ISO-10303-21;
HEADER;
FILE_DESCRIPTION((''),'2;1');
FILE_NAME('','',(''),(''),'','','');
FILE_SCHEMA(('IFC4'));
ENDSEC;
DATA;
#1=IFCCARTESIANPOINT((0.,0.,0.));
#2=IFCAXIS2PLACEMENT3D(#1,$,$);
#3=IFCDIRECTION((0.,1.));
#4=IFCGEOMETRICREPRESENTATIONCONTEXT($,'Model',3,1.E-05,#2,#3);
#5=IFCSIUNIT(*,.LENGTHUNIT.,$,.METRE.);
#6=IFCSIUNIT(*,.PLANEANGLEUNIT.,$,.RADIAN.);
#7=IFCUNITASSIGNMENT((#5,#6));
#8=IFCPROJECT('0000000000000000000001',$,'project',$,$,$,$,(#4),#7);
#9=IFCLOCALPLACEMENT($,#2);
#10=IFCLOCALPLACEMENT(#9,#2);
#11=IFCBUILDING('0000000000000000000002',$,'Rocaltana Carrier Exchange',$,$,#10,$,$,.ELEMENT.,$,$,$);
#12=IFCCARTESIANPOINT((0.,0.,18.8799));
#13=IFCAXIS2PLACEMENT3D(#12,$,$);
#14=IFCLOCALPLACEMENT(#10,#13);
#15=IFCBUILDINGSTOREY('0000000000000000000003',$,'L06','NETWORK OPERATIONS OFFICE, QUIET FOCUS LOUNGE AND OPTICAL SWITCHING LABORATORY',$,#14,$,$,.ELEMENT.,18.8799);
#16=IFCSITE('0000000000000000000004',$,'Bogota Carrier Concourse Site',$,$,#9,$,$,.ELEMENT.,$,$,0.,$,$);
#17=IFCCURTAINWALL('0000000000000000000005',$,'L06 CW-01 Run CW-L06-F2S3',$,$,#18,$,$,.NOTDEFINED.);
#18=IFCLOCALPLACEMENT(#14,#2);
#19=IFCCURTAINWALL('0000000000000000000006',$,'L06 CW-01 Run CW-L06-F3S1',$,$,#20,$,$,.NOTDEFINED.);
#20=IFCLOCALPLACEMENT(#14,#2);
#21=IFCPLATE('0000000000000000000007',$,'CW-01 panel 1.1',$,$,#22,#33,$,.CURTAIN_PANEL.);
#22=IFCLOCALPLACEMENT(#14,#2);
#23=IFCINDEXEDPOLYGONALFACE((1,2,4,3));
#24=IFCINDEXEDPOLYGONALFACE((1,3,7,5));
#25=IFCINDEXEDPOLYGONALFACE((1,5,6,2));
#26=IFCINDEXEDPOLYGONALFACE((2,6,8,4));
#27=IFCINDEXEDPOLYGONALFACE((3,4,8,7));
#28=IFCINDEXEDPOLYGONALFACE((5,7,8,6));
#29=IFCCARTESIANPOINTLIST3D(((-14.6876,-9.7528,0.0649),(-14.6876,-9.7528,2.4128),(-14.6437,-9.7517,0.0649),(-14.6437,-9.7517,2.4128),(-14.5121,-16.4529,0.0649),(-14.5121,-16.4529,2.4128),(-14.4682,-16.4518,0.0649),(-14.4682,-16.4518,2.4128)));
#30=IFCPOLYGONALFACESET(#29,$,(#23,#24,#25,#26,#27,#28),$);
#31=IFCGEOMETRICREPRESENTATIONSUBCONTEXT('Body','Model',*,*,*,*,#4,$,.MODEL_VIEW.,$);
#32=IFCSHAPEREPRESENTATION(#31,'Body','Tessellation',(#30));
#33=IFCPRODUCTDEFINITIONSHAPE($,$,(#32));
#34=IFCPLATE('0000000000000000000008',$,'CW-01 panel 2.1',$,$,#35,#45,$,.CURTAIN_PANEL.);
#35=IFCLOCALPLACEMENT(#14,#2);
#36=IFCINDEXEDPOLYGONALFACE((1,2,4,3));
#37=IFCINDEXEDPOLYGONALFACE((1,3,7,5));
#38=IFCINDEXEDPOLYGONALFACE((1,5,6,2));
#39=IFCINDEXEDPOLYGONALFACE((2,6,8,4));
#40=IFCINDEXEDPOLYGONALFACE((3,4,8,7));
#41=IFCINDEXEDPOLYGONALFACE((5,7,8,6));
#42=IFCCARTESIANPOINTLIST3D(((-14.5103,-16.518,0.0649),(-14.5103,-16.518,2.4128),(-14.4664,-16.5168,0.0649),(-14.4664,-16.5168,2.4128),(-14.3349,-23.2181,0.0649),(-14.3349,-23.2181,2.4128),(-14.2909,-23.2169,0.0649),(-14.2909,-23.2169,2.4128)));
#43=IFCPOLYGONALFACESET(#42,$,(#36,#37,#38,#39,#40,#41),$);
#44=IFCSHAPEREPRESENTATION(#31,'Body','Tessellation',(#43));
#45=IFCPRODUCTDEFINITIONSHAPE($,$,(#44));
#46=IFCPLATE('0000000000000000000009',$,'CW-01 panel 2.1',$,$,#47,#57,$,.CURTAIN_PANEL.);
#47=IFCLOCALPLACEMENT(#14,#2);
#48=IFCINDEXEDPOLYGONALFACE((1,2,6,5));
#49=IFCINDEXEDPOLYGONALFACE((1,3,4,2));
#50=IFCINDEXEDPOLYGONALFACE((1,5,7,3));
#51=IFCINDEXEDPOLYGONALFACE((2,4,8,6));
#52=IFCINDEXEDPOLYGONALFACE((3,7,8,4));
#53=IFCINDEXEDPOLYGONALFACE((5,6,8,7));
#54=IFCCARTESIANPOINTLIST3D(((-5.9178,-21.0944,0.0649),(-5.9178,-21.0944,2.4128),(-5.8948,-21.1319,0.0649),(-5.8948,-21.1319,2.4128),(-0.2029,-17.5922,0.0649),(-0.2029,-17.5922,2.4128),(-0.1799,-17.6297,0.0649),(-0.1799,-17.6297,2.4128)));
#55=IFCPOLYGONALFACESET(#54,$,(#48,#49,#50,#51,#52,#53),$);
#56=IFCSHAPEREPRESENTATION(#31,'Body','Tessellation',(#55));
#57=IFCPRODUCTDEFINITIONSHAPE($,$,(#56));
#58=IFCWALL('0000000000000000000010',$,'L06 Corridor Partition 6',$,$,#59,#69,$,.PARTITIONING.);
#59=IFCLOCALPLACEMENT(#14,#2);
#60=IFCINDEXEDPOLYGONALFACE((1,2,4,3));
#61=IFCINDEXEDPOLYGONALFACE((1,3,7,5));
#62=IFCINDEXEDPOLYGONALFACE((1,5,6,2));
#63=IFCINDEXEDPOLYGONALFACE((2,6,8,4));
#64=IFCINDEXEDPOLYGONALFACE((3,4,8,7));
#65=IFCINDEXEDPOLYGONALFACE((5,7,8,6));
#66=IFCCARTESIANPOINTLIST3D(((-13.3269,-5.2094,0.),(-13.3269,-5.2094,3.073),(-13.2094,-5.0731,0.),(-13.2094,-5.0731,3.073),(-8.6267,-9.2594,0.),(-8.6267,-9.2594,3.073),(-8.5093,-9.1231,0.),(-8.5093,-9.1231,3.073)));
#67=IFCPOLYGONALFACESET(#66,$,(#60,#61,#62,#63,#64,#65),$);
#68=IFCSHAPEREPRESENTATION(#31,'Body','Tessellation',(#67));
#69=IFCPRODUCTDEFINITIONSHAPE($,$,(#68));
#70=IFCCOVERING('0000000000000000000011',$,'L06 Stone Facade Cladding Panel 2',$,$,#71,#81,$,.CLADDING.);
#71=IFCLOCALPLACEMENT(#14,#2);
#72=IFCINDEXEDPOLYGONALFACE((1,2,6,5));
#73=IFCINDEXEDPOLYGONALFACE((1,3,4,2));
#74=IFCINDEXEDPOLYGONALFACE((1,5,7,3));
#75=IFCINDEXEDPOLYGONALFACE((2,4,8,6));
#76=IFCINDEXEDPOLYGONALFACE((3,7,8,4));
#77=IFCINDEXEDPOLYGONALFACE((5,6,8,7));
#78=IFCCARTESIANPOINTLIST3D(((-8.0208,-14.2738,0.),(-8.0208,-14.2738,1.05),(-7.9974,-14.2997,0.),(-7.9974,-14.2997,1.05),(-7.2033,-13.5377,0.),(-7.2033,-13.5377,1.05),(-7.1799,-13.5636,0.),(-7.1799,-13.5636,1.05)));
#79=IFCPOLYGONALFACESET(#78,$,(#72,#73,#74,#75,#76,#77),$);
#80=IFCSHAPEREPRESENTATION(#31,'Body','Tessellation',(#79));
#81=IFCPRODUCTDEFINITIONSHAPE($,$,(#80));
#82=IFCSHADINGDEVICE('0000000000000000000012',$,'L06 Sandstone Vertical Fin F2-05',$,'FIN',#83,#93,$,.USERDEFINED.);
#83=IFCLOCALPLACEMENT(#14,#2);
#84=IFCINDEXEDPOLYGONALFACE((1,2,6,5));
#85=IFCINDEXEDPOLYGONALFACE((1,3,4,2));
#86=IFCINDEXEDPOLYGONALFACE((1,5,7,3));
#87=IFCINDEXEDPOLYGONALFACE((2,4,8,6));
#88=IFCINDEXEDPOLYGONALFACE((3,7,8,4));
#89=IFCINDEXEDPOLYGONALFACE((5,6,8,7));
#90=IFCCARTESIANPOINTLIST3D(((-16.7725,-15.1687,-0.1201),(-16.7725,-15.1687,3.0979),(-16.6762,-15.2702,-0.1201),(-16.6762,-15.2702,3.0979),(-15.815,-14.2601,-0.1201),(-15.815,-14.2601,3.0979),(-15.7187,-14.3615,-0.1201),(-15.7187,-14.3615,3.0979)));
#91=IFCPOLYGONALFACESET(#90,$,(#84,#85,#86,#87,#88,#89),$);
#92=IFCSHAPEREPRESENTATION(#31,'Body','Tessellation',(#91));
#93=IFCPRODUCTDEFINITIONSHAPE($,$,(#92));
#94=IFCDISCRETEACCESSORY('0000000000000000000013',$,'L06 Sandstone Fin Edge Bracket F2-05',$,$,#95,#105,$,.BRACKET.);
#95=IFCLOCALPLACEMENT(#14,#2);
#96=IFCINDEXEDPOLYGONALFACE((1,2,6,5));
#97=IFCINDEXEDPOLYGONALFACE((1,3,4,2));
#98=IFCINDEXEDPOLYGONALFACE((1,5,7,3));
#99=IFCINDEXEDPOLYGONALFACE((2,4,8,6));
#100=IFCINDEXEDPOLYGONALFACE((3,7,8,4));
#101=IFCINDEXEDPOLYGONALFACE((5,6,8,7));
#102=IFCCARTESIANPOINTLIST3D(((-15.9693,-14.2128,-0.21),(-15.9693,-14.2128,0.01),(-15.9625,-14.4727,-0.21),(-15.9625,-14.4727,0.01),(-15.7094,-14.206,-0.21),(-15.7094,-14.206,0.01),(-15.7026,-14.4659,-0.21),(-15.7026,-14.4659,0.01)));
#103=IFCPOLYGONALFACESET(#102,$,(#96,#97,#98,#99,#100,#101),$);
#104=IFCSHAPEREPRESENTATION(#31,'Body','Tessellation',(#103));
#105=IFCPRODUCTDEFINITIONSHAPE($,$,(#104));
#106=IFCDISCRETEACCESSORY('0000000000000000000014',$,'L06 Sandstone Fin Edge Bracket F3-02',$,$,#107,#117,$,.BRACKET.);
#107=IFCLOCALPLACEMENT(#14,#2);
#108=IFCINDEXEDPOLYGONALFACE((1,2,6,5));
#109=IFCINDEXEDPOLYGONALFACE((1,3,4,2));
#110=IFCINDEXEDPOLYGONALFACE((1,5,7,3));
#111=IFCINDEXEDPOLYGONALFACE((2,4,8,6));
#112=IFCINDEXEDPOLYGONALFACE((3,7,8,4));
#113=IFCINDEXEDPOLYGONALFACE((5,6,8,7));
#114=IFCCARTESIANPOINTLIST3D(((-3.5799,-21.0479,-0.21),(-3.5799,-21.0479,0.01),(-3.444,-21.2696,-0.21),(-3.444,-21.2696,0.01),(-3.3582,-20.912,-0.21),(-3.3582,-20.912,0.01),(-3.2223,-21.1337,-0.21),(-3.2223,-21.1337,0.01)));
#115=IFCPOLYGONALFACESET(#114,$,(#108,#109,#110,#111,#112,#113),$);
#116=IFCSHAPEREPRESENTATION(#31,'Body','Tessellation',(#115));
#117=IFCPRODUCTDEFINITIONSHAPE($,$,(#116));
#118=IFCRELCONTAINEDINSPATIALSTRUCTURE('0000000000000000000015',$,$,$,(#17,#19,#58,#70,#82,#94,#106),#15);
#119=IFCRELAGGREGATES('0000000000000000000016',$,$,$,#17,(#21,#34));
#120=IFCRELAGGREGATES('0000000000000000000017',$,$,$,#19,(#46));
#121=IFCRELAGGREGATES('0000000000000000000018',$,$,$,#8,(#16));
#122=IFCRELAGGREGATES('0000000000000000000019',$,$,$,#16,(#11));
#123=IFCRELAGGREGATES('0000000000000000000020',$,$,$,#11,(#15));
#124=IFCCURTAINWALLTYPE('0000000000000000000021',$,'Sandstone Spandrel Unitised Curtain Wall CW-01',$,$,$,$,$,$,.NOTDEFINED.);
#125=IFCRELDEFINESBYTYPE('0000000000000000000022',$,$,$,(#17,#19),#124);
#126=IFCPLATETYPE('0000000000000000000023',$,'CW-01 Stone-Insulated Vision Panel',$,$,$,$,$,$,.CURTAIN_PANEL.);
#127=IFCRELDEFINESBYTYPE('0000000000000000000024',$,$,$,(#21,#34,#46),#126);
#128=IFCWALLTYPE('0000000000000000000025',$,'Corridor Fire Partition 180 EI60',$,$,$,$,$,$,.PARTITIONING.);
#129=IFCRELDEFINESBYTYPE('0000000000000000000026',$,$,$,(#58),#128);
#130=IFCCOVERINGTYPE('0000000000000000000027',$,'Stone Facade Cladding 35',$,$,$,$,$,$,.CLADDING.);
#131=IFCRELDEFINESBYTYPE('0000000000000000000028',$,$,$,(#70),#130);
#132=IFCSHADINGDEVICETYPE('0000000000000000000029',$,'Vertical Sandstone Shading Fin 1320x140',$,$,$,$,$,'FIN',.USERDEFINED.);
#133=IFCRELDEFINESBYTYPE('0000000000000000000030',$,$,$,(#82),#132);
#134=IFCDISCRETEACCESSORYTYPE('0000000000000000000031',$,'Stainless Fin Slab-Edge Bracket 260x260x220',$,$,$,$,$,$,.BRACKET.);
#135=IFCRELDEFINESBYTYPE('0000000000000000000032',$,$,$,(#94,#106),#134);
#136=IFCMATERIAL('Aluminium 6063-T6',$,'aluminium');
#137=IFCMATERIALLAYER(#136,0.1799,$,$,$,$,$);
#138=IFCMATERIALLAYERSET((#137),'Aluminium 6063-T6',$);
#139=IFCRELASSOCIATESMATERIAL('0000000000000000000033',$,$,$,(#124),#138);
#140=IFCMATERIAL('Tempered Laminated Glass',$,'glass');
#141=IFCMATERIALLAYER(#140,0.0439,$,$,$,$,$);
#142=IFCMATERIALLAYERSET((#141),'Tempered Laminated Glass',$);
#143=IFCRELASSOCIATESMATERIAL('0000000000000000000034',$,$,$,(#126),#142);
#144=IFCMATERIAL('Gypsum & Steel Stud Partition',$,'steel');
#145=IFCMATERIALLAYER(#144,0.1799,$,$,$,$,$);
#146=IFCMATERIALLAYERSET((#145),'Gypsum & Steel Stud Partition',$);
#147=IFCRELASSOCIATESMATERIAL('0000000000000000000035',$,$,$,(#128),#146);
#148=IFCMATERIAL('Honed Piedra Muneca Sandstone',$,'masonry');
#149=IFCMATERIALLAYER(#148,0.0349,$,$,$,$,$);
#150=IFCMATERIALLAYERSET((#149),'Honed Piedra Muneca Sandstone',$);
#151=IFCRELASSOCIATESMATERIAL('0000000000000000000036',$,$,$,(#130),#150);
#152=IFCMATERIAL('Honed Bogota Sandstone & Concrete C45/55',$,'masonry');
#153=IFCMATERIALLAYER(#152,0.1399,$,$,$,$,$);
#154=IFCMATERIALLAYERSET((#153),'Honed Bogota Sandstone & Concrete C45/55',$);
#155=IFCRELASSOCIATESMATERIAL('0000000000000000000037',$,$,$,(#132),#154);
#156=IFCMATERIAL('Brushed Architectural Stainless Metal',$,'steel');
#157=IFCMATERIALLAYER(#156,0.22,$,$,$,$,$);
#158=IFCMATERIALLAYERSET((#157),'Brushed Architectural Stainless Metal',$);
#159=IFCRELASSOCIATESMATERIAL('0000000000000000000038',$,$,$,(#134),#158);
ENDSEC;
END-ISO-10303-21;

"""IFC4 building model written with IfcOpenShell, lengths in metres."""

from ifc_helpers import new_model, si_unit, direction, frame, frame_2d, origin, origin_2d, place, context, subcontext, project, spatial, rectangle, extrude, material, layer, layer_set, type_object, element, aggregate, save


model = new_model("IFC4")

# Units and contexts
model_context = context("Model", 3, precision=1e-05, world=origin(), true_north=direction((0.0, 1.0)))
body_context = subcontext(model_context, "Body", "Model", "MODEL_VIEW")
ifc_project = project(units=[si_unit("LENGTHUNIT", "METRE"), si_unit("PLANEANGLEUNIT", "RADIAN")], contexts=[model_context])

# Site, building, storey
site_placement = place(None, origin())
site = spatial("IfcSite", under=ifc_project, at=site_placement, Name="Bogota Carrier Concourse Site", CompositionType="ELEMENT", RefElevation=0.0)
building_placement = place(site_placement, origin())
building = spatial("IfcBuilding", under=site, at=building_placement, Name="Rocaltana Carrier Exchange", CompositionType="ELEMENT")
storey_placement = place(building_placement, frame((0.0, 0.0, 18.8799)))
storey = spatial("IfcBuildingStorey", under=building, at=storey_placement, Name="L06", Description="NETWORK OPERATIONS OFFICE, QUIET FOCUS LOUNGE AND OPTICAL SWITCHING LABORATORY", CompositionType="ELEMENT", Elevation=18.8799)

# Curtain wall
ifc_material_1 = material(Name="Aluminium 6063-T6", Category="aluminium")
ifc_layer_1 = layer(ifc_material_1, 0.1799)
ifc_layer_set_1 = layer_set([ifc_layer_1], Name="Aluminium 6063-T6")
curtain_wall_type = type_object("IfcCurtainWallType", Name="Sandstone Spandrel Unitised Curtain Wall CW-01", PredefinedType="NOTDEFINED", material=ifc_layer_set_1)
curtain_wall_1_placement = place(storey_placement, origin())
curtain_wall_1 = element("IfcCurtainWall", 1, at=curtain_wall_1_placement, inside=storey, type_object=curtain_wall_type, Name="L06 CW-01 Run CW-L06-F2S3", PredefinedType="NOTDEFINED")

# Curtain wall
curtain_wall_2_placement = place(storey_placement, origin())
curtain_wall_2 = element("IfcCurtainWall", 2, at=curtain_wall_2_placement, inside=storey, type_object=curtain_wall_type, Name="L06 CW-01 Run CW-L06-F3S1", PredefinedType="NOTDEFINED")

# Plates
ifc_material_2 = material(Name="Tempered Laminated Glass", Category="glass")
ifc_layer_2 = layer(ifc_material_2, 0.0439)
ifc_layer_set_2 = layer_set([ifc_layer_2], Name="Tempered Laminated Glass")
plate_type = type_object("IfcPlateType", Name="CW-01 Stone-Insulated Vision Panel", PredefinedType="CURTAIN_PANEL", material=ifc_layer_set_2)
plate_1_placement = place(storey_placement, frame((-14.5779, -13.1023, 0.0649), z_axis=(0.0, 0.0, 1.0), x_axis=(0.026184, -0.999657, 0.0)))
plate_1 = element("IfcPlate", 3, at=plate_1_placement, type_object=plate_type, Name="CW-01 panel 1.1", PredefinedType="CURTAIN_PANEL", context=body_context, shape_type="SweptSolid", body=[
    extrude(rectangle(XDim=6.7024, YDim=0.0439, at=origin_2d()), origin(), (0.0, 0.0, 1.0), 2.3479),
])
plate_2_placement = place(storey_placement, frame((-14.4006, -19.8674, 0.0649), z_axis=(0.0, 0.0, 1.0), x_axis=(0.026184, -0.999657, 0.0)))
plate_2 = element("IfcPlate", 4, at=plate_2_placement, type_object=plate_type, Name="CW-01 panel 2.1", PredefinedType="CURTAIN_PANEL", context=body_context, shape_type="SweptSolid", body=[
    extrude(rectangle(XDim=6.7024, YDim=0.0439, at=origin_2d()), origin(), (0.0, 0.0, 1.0), 2.3479),
])
aggregate(curtain_wall_1, [plate_1, plate_2])
plate_3_placement = place(storey_placement, frame((-3.0488, -19.3621, 0.0649), z_axis=(0.0, 0.0, 1.0), x_axis=(0.852636, 0.522505, 0.0)))
plate_3 = element("IfcPlate", 5, at=plate_3_placement, type_object=plate_type, Name="CW-01 panel 2.1", PredefinedType="CURTAIN_PANEL", context=body_context, shape_type="SweptSolid", body=[
    extrude(rectangle(XDim=6.7026, YDim=0.0439, at=origin_2d()), origin(), (0.0, 0.0, 1.0), 2.3479),
])
aggregate(curtain_wall_2, [plate_3])

# Wall
ifc_material_3 = material(Name="Gypsum & Steel Stud Partition", Category="steel")
ifc_layer_3 = layer(ifc_material_3, 0.1799)
ifc_layer_set_3 = layer_set([ifc_layer_3], Name="Gypsum & Steel Stud Partition")
wall_type = type_object("IfcWallType", Name="Corridor Fire Partition 180 EI60", PredefinedType="PARTITIONING", material=ifc_layer_set_3)
wall_placement = place(storey_placement, frame((-8.5681, -9.1912, 0.0), z_axis=(0.0, 0.0, 1.0), x_axis=(-0.757557, 0.652769, 0.0)))
element("IfcWall", 6, at=wall_placement, inside=storey, type_object=wall_type, Name="L06 Corridor Partition 6", PredefinedType="PARTITIONING", context=body_context, shape_type="SweptSolid", body=[
    extrude(rectangle(XDim=6.2043, YDim=0.1799, at=frame_2d((3.1021, 0.0))), origin(), (0.0, 0.0, 1.0), 3.073),
])

# Covering
ifc_material_4 = material(Name="Honed Piedra Muneca Sandstone", Category="masonry")
ifc_layer_4 = layer(ifc_material_4, 0.0349)
ifc_layer_set_4 = layer_set([ifc_layer_4], Name="Honed Piedra Muneca Sandstone")
covering_type = type_object("IfcCoveringType", Name="Stone Facade Cladding 35", PredefinedType="CLADDING", material=ifc_layer_set_4)
covering_placement = place(storey_placement, frame((-7.6003, -13.9187, 0.0), z_axis=(0.0, 0.0, 1.0), x_axis=(0.743145, 0.669131, 0.0)))
element("IfcCovering", 7, at=covering_placement, inside=storey, type_object=covering_type, Name="L06 Stone Facade Cladding Panel 2", PredefinedType="CLADDING", context=body_context, shape_type="SweptSolid", body=[
    extrude(rectangle(XDim=1.1001, YDim=0.0349, at=origin_2d()), origin(), (0.0, 0.0, 1.0), 1.05),
])

# Shading device
ifc_material_5 = material(Name="Honed Bogota Sandstone & Concrete C45/55", Category="masonry")
ifc_layer_5 = layer(ifc_material_5, 0.1399)
ifc_layer_set_5 = layer_set([ifc_layer_5], Name="Honed Bogota Sandstone & Concrete C45/55")
shading_device_type = type_object("IfcShadingDeviceType", Name="Vertical Sandstone Shading Fin 1320x140", ElementType="FIN", PredefinedType="USERDEFINED", material=ifc_layer_set_5)
shading_device_placement = place(storey_placement, frame((-16.2456, -14.7651, -0.1201), z_axis=(0.0, 0.0, 1.0), x_axis=(-0.725374, -0.688355, 0.0)))
element("IfcShadingDevice", 8, at=shading_device_placement, inside=storey, type_object=shading_device_type, Name="L06 Sandstone Vertical Fin F2-05", ObjectType="FIN", PredefinedType="USERDEFINED", context=body_context, shape_type="SweptSolid", body=[
    extrude(rectangle(XDim=1.3201, YDim=0.1399, at=origin_2d()), origin(), (0.0, 0.0, 1.0), 3.218),
])

# Discrete accessories
ifc_material_6 = material(Name="Brushed Architectural Stainless Metal", Category="steel")
ifc_layer_6 = layer(ifc_material_6, 0.22)
ifc_layer_set_6 = layer_set([ifc_layer_6], Name="Brushed Architectural Stainless Metal")
discrete_accessory_type = type_object("IfcDiscreteAccessoryType", Name="Stainless Fin Slab-Edge Bracket 260x260x220", PredefinedType="BRACKET", material=ifc_layer_set_6)
for number, where, z_axis, x_axis, name in (
    (9, (-15.8359, -14.3394, -0.21), (0.0, 0.0, 1.0), (0.026177, -0.999657, 0.0), "L06 Sandstone Fin Edge Bracket F2-05"),
    (10, (-3.4011, -21.0908, -0.21), (0.0, 0.0, 1.0), (0.85264, 0.522499, 0.0), "L06 Sandstone Fin Edge Bracket F3-02"),
):
    element("IfcDiscreteAccessory", number, at=place(storey_placement, frame(where, z_axis=z_axis, x_axis=x_axis)), inside=storey, type_object=discrete_accessory_type, Name=name, PredefinedType="BRACKET", context=body_context, shape_type="SweptSolid", body=[
        extrude(rectangle(XDim=0.26, YDim=0.26, at=origin_2d()), origin(), (0.0, 0.0, 1.0), 0.22),
    ])

save(model, "model.ifc")
